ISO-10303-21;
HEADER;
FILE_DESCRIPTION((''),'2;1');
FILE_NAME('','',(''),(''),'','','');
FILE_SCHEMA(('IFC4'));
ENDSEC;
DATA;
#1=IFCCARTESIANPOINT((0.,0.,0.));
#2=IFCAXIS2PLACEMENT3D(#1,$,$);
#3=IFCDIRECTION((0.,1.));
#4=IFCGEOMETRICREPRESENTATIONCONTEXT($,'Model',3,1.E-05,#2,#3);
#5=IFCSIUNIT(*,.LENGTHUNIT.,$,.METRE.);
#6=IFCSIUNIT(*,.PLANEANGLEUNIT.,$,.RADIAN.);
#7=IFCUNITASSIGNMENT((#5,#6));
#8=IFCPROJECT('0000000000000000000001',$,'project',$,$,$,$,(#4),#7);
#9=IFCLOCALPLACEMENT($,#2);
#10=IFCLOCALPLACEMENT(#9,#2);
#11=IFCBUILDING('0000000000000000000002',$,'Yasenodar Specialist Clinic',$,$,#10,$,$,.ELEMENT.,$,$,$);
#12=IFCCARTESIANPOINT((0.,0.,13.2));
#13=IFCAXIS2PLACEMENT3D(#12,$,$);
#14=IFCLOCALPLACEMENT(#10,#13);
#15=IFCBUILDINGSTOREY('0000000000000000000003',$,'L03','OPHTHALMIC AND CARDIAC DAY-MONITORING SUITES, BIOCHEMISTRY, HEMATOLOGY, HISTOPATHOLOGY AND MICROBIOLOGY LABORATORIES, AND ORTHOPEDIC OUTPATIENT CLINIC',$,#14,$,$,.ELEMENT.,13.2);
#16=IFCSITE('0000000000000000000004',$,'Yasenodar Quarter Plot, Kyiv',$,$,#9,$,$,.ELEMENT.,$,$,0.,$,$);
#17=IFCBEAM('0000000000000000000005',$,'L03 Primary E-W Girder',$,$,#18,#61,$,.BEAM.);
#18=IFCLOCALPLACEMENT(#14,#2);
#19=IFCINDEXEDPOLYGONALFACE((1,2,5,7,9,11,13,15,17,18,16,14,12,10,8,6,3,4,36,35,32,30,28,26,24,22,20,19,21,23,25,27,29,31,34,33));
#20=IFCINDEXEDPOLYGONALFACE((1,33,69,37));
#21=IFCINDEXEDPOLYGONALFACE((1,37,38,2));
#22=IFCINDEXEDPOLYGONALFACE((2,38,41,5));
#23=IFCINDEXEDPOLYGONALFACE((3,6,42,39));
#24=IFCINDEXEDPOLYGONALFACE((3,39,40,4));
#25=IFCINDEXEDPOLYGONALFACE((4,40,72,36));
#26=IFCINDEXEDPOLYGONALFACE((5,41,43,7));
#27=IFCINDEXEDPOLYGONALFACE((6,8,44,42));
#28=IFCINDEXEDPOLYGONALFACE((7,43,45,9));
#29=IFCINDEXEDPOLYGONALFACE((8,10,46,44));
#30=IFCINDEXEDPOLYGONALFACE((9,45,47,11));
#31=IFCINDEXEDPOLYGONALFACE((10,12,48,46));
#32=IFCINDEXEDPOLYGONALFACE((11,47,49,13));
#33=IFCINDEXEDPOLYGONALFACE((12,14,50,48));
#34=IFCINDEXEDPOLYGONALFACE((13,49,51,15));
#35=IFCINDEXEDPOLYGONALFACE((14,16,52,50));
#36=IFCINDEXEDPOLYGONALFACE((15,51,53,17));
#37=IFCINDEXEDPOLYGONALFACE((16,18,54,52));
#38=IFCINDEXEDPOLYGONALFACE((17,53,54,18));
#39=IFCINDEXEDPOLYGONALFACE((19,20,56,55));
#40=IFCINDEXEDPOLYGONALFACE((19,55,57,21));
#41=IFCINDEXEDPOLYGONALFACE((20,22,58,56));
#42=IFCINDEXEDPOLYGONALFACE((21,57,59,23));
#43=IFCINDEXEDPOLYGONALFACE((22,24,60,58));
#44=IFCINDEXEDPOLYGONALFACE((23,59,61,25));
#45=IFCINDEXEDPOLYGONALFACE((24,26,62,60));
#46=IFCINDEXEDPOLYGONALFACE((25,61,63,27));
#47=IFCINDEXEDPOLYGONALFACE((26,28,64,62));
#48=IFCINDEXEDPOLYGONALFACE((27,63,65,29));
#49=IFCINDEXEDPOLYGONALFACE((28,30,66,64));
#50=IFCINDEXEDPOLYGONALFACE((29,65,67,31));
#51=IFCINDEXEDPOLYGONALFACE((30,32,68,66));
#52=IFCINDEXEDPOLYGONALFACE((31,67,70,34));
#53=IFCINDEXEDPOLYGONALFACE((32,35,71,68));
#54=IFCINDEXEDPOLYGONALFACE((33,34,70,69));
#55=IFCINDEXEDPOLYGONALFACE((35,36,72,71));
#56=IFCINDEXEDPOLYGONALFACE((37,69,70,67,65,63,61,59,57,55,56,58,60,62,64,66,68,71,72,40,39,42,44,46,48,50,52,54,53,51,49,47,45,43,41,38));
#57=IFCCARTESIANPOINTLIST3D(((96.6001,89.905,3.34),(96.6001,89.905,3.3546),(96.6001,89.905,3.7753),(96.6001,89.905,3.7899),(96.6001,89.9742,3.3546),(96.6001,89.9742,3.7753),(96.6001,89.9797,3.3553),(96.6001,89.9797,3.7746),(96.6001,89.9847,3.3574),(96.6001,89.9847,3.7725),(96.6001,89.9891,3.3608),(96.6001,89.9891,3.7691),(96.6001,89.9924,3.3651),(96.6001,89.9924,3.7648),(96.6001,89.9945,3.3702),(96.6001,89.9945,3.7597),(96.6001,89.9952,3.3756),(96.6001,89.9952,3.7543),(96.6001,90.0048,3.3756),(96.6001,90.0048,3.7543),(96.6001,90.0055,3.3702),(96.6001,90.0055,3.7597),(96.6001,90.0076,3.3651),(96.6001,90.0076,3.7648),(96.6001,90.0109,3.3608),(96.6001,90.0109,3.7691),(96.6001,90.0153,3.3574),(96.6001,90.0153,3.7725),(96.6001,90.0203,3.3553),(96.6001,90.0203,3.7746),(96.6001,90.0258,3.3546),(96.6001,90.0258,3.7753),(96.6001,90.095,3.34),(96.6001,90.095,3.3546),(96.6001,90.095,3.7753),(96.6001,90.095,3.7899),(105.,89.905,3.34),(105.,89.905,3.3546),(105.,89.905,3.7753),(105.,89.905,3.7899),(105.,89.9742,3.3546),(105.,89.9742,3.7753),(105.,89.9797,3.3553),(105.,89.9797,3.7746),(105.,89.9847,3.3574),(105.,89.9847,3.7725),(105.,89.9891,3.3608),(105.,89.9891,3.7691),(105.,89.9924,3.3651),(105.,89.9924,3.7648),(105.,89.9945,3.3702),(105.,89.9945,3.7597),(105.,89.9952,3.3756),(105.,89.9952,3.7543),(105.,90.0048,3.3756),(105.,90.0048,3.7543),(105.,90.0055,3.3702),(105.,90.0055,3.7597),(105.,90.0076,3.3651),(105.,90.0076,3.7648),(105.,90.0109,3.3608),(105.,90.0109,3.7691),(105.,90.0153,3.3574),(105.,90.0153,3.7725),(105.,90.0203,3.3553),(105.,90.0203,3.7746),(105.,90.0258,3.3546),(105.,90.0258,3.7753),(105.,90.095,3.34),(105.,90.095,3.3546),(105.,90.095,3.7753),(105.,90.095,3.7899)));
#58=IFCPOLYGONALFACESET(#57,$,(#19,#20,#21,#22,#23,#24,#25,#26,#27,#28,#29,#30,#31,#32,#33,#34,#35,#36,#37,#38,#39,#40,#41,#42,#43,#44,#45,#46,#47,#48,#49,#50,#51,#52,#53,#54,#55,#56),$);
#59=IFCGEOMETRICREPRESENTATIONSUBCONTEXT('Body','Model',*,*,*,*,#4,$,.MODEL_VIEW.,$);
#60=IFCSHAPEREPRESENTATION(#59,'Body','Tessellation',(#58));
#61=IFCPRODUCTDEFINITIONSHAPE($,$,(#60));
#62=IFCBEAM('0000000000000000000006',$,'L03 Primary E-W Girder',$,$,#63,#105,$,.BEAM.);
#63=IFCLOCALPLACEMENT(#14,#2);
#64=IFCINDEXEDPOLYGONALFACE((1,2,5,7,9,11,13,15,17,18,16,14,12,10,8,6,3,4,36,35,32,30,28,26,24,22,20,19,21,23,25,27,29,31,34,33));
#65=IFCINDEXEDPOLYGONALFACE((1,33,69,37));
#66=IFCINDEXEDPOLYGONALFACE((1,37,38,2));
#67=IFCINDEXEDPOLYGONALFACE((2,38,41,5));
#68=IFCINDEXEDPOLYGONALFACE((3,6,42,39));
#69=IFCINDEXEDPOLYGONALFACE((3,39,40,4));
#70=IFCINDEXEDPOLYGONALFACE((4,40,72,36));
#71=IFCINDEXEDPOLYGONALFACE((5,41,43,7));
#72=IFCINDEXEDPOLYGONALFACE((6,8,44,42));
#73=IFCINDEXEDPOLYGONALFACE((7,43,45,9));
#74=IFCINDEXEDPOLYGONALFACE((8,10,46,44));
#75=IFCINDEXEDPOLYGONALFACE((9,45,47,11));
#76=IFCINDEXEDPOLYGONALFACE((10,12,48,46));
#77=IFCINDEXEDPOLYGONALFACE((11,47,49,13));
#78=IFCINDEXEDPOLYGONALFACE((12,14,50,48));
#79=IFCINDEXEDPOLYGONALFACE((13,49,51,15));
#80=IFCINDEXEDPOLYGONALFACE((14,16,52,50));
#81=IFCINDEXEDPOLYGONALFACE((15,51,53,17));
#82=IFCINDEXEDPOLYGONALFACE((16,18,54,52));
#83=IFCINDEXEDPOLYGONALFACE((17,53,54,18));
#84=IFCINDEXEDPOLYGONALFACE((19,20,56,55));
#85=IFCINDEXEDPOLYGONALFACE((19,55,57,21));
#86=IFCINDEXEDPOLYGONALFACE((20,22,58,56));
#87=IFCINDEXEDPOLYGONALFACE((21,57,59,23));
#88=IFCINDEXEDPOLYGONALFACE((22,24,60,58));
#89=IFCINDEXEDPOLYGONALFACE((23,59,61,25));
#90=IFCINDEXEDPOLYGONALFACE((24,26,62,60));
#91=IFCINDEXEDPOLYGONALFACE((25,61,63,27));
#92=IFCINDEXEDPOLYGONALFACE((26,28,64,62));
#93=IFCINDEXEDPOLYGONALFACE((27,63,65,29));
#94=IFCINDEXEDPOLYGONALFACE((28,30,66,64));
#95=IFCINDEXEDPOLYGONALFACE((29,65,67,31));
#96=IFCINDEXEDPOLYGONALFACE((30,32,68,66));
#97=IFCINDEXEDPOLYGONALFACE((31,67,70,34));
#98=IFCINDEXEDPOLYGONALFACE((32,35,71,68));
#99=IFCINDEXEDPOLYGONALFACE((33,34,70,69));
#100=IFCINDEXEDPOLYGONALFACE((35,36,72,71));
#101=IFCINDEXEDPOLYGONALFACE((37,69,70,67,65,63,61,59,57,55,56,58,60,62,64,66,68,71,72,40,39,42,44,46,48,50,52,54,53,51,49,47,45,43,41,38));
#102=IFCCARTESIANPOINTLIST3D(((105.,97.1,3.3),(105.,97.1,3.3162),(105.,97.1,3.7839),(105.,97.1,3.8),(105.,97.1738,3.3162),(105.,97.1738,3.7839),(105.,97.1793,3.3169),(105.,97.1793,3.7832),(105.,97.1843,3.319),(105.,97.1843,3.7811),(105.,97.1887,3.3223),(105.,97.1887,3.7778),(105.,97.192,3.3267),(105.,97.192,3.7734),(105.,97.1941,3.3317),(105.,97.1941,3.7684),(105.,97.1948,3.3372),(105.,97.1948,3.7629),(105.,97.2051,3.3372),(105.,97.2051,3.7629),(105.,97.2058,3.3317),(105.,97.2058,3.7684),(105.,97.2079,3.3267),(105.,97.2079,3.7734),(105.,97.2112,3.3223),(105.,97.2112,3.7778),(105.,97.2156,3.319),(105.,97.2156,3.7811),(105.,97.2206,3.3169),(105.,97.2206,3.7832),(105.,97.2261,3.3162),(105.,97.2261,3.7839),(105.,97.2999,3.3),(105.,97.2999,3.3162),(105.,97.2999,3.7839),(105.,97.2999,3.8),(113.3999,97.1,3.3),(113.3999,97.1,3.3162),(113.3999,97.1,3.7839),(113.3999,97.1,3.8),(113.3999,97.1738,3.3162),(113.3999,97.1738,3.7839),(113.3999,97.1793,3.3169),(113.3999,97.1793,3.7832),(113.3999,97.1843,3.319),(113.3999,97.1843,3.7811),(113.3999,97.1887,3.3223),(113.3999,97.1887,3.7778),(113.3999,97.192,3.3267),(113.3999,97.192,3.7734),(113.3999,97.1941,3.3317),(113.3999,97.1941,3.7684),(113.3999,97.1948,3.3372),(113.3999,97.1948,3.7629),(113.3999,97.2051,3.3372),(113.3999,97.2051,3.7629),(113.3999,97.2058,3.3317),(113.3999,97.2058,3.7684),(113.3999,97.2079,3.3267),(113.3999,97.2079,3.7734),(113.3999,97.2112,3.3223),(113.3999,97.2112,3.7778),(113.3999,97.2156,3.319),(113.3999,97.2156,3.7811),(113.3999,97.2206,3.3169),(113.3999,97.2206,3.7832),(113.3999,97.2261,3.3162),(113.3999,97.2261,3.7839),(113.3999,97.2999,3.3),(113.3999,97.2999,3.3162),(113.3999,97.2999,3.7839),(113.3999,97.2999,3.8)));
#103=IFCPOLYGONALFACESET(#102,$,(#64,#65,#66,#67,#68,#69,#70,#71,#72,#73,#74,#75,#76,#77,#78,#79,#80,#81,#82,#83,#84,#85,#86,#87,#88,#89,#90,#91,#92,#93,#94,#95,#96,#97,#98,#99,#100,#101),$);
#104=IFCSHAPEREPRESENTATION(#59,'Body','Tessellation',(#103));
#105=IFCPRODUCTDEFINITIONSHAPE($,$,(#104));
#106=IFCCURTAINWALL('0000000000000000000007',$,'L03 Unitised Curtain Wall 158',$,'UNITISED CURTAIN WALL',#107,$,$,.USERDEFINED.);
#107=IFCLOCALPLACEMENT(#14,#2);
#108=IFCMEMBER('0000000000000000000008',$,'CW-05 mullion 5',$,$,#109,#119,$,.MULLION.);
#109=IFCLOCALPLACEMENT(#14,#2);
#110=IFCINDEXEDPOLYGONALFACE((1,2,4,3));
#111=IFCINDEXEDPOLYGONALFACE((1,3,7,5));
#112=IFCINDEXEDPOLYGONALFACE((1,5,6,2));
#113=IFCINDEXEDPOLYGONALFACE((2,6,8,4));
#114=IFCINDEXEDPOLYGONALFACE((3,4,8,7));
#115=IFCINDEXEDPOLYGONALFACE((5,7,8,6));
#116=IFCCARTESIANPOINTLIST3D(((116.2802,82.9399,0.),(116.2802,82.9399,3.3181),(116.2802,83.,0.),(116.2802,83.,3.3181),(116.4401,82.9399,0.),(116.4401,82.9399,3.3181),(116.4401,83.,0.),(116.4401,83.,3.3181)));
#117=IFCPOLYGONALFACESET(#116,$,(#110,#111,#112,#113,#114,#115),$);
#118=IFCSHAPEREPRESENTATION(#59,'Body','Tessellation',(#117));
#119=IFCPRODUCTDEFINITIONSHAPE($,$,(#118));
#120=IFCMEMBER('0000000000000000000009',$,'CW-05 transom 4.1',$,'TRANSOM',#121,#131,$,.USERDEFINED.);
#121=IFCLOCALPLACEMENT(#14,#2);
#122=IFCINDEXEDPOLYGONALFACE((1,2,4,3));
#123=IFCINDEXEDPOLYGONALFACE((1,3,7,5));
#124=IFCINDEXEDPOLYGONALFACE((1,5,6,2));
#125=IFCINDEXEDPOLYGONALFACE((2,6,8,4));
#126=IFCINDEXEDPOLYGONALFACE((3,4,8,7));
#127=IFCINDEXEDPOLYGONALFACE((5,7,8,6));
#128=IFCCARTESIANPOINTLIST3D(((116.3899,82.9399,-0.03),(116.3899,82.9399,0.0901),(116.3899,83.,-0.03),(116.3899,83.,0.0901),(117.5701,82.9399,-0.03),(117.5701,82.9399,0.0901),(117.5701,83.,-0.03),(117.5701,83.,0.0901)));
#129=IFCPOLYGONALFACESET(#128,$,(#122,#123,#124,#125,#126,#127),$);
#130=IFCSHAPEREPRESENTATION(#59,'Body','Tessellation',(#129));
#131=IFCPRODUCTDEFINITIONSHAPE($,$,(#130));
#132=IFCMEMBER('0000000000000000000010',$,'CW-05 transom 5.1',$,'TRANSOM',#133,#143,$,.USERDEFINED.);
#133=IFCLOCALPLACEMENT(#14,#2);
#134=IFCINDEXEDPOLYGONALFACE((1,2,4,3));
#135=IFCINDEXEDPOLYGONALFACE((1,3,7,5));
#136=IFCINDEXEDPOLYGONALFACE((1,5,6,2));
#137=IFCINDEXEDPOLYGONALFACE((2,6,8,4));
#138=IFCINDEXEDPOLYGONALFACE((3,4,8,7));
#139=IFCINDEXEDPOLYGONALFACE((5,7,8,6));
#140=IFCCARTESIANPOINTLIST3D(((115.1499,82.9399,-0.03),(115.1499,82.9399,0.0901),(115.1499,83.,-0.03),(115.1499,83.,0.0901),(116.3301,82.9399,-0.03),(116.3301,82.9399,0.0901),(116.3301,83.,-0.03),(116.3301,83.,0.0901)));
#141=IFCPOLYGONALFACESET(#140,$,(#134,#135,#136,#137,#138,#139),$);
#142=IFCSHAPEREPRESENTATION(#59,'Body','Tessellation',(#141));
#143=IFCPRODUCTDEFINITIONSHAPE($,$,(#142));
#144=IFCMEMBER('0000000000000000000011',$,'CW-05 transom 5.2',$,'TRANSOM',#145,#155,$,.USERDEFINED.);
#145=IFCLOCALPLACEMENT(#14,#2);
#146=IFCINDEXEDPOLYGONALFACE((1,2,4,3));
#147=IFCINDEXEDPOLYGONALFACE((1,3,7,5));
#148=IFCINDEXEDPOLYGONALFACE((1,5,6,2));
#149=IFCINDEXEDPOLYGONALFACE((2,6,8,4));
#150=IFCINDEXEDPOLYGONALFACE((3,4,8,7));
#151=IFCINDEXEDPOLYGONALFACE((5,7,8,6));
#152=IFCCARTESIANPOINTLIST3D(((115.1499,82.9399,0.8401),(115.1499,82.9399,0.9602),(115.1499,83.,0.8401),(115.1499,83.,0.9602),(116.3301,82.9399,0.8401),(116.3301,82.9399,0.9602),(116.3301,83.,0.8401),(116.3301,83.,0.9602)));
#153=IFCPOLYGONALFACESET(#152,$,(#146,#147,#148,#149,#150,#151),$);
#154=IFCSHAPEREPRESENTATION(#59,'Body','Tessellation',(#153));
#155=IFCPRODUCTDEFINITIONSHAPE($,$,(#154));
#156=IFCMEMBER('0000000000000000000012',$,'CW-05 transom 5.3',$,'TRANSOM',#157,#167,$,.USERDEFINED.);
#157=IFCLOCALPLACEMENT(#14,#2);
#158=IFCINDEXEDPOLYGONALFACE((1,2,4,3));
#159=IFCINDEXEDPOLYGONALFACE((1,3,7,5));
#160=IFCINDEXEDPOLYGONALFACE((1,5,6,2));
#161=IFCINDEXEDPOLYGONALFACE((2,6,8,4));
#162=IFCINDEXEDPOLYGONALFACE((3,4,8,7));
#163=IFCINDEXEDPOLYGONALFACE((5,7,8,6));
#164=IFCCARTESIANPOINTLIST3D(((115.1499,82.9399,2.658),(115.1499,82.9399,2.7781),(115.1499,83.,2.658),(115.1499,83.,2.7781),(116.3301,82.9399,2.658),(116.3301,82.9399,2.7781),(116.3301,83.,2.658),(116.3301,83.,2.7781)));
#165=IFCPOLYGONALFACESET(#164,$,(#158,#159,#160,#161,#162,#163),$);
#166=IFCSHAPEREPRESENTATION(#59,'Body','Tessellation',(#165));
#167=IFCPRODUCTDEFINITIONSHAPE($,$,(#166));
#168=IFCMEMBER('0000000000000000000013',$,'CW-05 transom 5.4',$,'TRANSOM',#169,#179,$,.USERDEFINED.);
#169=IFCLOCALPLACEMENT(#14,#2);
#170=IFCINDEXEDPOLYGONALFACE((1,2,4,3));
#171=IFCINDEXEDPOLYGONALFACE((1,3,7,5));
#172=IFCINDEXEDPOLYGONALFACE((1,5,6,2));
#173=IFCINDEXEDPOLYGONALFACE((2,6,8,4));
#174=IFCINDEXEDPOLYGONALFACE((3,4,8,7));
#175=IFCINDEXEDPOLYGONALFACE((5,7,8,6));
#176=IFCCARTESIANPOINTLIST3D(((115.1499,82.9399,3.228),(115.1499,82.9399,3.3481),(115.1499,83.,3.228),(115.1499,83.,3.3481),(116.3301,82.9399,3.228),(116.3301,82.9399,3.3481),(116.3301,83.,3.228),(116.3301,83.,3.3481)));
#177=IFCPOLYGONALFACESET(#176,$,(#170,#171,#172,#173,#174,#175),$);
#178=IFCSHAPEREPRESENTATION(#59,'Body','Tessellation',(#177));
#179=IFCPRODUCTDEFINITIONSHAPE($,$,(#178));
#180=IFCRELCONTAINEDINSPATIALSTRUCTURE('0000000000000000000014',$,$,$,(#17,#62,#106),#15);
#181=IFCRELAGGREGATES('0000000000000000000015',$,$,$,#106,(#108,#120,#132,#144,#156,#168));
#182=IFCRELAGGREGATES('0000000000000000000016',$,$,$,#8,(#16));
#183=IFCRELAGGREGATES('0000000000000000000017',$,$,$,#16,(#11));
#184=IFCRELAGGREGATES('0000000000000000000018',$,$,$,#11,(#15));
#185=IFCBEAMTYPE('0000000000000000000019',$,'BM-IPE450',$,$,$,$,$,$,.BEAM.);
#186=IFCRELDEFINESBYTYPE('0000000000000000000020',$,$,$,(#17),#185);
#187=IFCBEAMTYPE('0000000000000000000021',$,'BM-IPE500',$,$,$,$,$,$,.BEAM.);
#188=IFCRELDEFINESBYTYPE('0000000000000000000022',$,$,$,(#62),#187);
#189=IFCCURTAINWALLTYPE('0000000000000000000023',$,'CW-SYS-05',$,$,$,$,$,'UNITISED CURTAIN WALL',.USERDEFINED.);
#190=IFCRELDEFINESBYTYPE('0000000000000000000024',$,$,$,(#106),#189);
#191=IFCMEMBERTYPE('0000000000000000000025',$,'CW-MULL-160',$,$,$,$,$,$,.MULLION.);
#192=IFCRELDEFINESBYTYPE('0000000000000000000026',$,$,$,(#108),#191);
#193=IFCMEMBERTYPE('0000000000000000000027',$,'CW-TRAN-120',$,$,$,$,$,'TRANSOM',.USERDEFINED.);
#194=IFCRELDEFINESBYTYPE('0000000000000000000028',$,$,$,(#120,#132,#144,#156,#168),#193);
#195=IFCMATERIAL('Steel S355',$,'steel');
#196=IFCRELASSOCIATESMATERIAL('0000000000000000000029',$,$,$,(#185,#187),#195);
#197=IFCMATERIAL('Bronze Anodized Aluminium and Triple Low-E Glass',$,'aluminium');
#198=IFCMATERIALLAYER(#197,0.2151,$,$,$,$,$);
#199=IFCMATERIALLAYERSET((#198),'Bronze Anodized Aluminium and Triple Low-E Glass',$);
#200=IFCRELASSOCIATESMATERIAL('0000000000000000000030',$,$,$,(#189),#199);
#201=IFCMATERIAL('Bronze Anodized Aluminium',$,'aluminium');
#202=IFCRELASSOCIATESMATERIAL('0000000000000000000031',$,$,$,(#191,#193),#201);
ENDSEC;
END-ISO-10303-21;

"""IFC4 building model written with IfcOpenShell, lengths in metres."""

from ifc_helpers import new_model, si_unit, direction, frame, origin, origin_2d, place, context, subcontext, project, spatial, rectangle, i_section, extrude, material, layer, layer_set, material_profile, profile_set, type_object, element, aggregate, save


model = new_model("IFC4")

# Units and contexts
model_context = context("Model", 3, precision=1e-05, world=origin(), true_north=direction((0.0, 1.0)))
body_context = subcontext(model_context, "Body", "Model", "MODEL_VIEW")
ifc_project = project(units=[si_unit("LENGTHUNIT", "METRE"), si_unit("PLANEANGLEUNIT", "RADIAN")], contexts=[model_context])

# Site, building, storey
site_placement = place(None, origin())
site = spatial("IfcSite", under=ifc_project, at=site_placement, Name="Yasenodar Quarter Plot, Kyiv", CompositionType="ELEMENT", RefElevation=0.0)
building_placement = place(site_placement, origin())
building = spatial("IfcBuilding", under=site, at=building_placement, Name="Yasenodar Specialist Clinic", CompositionType="ELEMENT")
storey_placement = place(building_placement, frame((0.0, 0.0, 13.2)))
storey = spatial("IfcBuildingStorey", under=building, at=storey_placement, Name="L03", Description="OPHTHALMIC AND CARDIAC DAY-MONITORING SUITES, BIOCHEMISTRY, HEMATOLOGY, HISTOPATHOLOGY AND MICROBIOLOGY LABORATORIES, AND ORTHOPEDIC OUTPATIENT CLINIC", CompositionType="ELEMENT", Elevation=13.2)

# Shared definitions
ifc_material_1 = material(Name="Steel S355", Category="steel")

# Beams
ifc_material_profile_1 = material_profile(ifc_material_1, i_section(OverallWidth=0.1899, OverallDepth=0.45, WebThickness=0.0095, FlangeThickness=0.0146, FilletRadius=0.021, at=origin_2d()), Name="IPE 450")
ifc_profile_set_1 = profile_set([ifc_material_profile_1], Name="Steel S355")
beam_type_1 = type_object("IfcBeamType", Name="BM-IPE450", PredefinedType="BEAM", material=ifc_profile_set_1)
beam_1_placement = place(storey_placement, frame((96.6001, 90.0, 3.5649), z_axis=(1.0, 0.0, 0.0), x_axis=(0.0, 1.0, 0.0)))
element("IfcBeam", 1, at=beam_1_placement, inside=storey, type_object=beam_type_1, Name="L03 Primary E-W Girder", PredefinedType="BEAM", context=body_context, shape_type="SweptSolid", body=[
    extrude(i_section(OverallWidth=0.1899, OverallDepth=0.45, WebThickness=0.0095, FlangeThickness=0.0146, FilletRadius=0.021, at=origin_2d()), origin(), (0.0, 0.0, 1.0), 8.3999),
])
ifc_material_profile_2 = material_profile(ifc_material_1, i_section(OverallWidth=0.2, OverallDepth=0.5, WebThickness=0.0103, FlangeThickness=0.0161, FilletRadius=0.021, at=origin_2d()), Name="IPE 500")
ifc_profile_set_2 = profile_set([ifc_material_profile_2], Name="Steel S355")
beam_type_2 = type_object("IfcBeamType", Name="BM-IPE500", PredefinedType="BEAM", material=ifc_profile_set_2)
beam_2_placement = place(storey_placement, frame((105.0, 97.2, 3.55), z_axis=(1.0, 0.0, 0.0), x_axis=(0.0, 1.0, 0.0)))
element("IfcBeam", 2, at=beam_2_placement, inside=storey, type_object=beam_type_2, Name="L03 Primary E-W Girder", PredefinedType="BEAM", context=body_context, shape_type="SweptSolid", body=[
    extrude(i_section(OverallWidth=0.2, OverallDepth=0.5, WebThickness=0.0103, FlangeThickness=0.0161, FilletRadius=0.021, at=origin_2d()), origin(), (0.0, 0.0, 1.0), 8.3999),
])

# Curtain wall, members
ifc_material_2 = material(Name="Bronze Anodized Aluminium and Triple Low-E Glass", Category="aluminium")
ifc_layer_1 = layer(ifc_material_2, 0.2151)
ifc_layer_set_1 = layer_set([ifc_layer_1], Name="Bronze Anodized Aluminium and Triple Low-E Glass")
curtain_wall_type = type_object("IfcCurtainWallType", Name="CW-SYS-05", ElementType="UNITISED CURTAIN WALL", PredefinedType="USERDEFINED", material=ifc_layer_set_1)
curtain_wall_placement = place(storey_placement, origin())
curtain_wall = element("IfcCurtainWall", 3, at=curtain_wall_placement, inside=storey, type_object=curtain_wall_type, Name="L03 Unitised Curtain Wall 158", ObjectType="UNITISED CURTAIN WALL", PredefinedType="USERDEFINED")
ifc_material_3 = material(Name="Bronze Anodized Aluminium", Category="aluminium")
ifc_material_profile_3 = material_profile(ifc_material_3, rectangle(XDim=0.0601, YDim=0.1599, at=origin_2d()), Name="CW-MULL 60x160")
ifc_profile_set_3 = profile_set([ifc_material_profile_3], Name="Bronze Anodized Aluminium")
member_type_1 = type_object("IfcMemberType", Name="CW-MULL-160", PredefinedType="MULLION", material=ifc_profile_set_3)
member_1_placement = place(storey_placement, frame((116.3601, 82.97, 0.0), z_axis=(0.0, 0.0, 1.0), x_axis=(0.0, -1.0, 0.0)))
member_1 = element("IfcMember", 4, at=member_1_placement, type_object=member_type_1, Name="CW-05 mullion 5", PredefinedType="MULLION", context=body_context, shape_type="SweptSolid", body=[
    extrude(rectangle(XDim=0.0601, YDim=0.1599, at=origin_2d()), origin(), (0.0, 0.0, 1.0), 3.3181),
])
ifc_material_profile_4 = material_profile(ifc_material_3, rectangle(XDim=0.0601, YDim=0.1201, at=origin_2d()), Name="CW-TRAN 60x120")
ifc_profile_set_4 = profile_set([ifc_material_profile_4], Name="Bronze Anodized Aluminium")
member_type_2 = type_object("IfcMemberType", Name="CW-TRAN-120", ElementType="TRANSOM", PredefinedType="USERDEFINED", material=ifc_profile_set_4)
member_2_placement = place(storey_placement, frame((117.5701, 82.97, 0.03), z_axis=(-1.0, 0.0, 0.0), x_axis=(0.0, -1.0, 0.0)))
member_2 = element("IfcMember", 5, at=member_2_placement, type_object=member_type_2, Name="CW-05 transom 4.1", ObjectType="TRANSOM", PredefinedType="USERDEFINED", context=body_context, shape_type="SweptSolid", body=[
    extrude(rectangle(XDim=0.0601, YDim=0.1201, at=origin_2d()), origin(), (0.0, 0.0, 1.0), 1.1802),
])
member_3_placement = place(storey_placement, frame((116.3301, 82.97, 0.03), z_axis=(-1.0, 0.0, 0.0), x_axis=(0.0, -1.0, 0.0)))
member_3 = element("IfcMember", 6, at=member_3_placement, type_object=member_type_2, Name="CW-05 transom 5.1", ObjectType="TRANSOM", PredefinedType="USERDEFINED", context=body_context, shape_type="SweptSolid", body=[
    extrude(rectangle(XDim=0.0601, YDim=0.1201, at=origin_2d()), origin(), (0.0, 0.0, 1.0), 1.1802),
])
member_4_placement = place(storey_placement, frame((116.3301, 82.97, 0.9001), z_axis=(-1.0, 0.0, 0.0), x_axis=(0.0, -1.0, 0.0)))
member_4 = element("IfcMember", 7, at=member_4_placement, type_object=member_type_2, Name="CW-05 transom 5.2", ObjectType="TRANSOM", PredefinedType="USERDEFINED", context=body_context, shape_type="SweptSolid", body=[
    extrude(rectangle(XDim=0.0601, YDim=0.1201, at=origin_2d()), origin(), (0.0, 0.0, 1.0), 1.1802),
])
member_5_placement = place(storey_placement, frame((116.3301, 82.97, 2.718), z_axis=(-1.0, 0.0, 0.0), x_axis=(0.0, -1.0, 0.0)))
member_5 = element("IfcMember", 8, at=member_5_placement, type_object=member_type_2, Name="CW-05 transom 5.3", ObjectType="TRANSOM", PredefinedType="USERDEFINED", context=body_context, shape_type="SweptSolid", body=[
    extrude(rectangle(XDim=0.0601, YDim=0.1201, at=origin_2d()), origin(), (0.0, 0.0, 1.0), 1.1802),
])
member_6_placement = place(storey_placement, frame((116.3301, 82.97, 3.2881), z_axis=(-1.0, 0.0, 0.0), x_axis=(0.0, -1.0, 0.0)))
member_6 = element("IfcMember", 9, at=member_6_placement, type_object=member_type_2, Name="CW-05 transom 5.4", ObjectType="TRANSOM", PredefinedType="USERDEFINED", context=body_context, shape_type="SweptSolid", body=[
    extrude(rectangle(XDim=0.0601, YDim=0.1201, at=origin_2d()), origin(), (0.0, 0.0, 1.0), 1.1802),
])

aggregate(curtain_wall, [member_1, member_2, member_3, member_4, member_5, member_6])

save(model, "model.ifc")
